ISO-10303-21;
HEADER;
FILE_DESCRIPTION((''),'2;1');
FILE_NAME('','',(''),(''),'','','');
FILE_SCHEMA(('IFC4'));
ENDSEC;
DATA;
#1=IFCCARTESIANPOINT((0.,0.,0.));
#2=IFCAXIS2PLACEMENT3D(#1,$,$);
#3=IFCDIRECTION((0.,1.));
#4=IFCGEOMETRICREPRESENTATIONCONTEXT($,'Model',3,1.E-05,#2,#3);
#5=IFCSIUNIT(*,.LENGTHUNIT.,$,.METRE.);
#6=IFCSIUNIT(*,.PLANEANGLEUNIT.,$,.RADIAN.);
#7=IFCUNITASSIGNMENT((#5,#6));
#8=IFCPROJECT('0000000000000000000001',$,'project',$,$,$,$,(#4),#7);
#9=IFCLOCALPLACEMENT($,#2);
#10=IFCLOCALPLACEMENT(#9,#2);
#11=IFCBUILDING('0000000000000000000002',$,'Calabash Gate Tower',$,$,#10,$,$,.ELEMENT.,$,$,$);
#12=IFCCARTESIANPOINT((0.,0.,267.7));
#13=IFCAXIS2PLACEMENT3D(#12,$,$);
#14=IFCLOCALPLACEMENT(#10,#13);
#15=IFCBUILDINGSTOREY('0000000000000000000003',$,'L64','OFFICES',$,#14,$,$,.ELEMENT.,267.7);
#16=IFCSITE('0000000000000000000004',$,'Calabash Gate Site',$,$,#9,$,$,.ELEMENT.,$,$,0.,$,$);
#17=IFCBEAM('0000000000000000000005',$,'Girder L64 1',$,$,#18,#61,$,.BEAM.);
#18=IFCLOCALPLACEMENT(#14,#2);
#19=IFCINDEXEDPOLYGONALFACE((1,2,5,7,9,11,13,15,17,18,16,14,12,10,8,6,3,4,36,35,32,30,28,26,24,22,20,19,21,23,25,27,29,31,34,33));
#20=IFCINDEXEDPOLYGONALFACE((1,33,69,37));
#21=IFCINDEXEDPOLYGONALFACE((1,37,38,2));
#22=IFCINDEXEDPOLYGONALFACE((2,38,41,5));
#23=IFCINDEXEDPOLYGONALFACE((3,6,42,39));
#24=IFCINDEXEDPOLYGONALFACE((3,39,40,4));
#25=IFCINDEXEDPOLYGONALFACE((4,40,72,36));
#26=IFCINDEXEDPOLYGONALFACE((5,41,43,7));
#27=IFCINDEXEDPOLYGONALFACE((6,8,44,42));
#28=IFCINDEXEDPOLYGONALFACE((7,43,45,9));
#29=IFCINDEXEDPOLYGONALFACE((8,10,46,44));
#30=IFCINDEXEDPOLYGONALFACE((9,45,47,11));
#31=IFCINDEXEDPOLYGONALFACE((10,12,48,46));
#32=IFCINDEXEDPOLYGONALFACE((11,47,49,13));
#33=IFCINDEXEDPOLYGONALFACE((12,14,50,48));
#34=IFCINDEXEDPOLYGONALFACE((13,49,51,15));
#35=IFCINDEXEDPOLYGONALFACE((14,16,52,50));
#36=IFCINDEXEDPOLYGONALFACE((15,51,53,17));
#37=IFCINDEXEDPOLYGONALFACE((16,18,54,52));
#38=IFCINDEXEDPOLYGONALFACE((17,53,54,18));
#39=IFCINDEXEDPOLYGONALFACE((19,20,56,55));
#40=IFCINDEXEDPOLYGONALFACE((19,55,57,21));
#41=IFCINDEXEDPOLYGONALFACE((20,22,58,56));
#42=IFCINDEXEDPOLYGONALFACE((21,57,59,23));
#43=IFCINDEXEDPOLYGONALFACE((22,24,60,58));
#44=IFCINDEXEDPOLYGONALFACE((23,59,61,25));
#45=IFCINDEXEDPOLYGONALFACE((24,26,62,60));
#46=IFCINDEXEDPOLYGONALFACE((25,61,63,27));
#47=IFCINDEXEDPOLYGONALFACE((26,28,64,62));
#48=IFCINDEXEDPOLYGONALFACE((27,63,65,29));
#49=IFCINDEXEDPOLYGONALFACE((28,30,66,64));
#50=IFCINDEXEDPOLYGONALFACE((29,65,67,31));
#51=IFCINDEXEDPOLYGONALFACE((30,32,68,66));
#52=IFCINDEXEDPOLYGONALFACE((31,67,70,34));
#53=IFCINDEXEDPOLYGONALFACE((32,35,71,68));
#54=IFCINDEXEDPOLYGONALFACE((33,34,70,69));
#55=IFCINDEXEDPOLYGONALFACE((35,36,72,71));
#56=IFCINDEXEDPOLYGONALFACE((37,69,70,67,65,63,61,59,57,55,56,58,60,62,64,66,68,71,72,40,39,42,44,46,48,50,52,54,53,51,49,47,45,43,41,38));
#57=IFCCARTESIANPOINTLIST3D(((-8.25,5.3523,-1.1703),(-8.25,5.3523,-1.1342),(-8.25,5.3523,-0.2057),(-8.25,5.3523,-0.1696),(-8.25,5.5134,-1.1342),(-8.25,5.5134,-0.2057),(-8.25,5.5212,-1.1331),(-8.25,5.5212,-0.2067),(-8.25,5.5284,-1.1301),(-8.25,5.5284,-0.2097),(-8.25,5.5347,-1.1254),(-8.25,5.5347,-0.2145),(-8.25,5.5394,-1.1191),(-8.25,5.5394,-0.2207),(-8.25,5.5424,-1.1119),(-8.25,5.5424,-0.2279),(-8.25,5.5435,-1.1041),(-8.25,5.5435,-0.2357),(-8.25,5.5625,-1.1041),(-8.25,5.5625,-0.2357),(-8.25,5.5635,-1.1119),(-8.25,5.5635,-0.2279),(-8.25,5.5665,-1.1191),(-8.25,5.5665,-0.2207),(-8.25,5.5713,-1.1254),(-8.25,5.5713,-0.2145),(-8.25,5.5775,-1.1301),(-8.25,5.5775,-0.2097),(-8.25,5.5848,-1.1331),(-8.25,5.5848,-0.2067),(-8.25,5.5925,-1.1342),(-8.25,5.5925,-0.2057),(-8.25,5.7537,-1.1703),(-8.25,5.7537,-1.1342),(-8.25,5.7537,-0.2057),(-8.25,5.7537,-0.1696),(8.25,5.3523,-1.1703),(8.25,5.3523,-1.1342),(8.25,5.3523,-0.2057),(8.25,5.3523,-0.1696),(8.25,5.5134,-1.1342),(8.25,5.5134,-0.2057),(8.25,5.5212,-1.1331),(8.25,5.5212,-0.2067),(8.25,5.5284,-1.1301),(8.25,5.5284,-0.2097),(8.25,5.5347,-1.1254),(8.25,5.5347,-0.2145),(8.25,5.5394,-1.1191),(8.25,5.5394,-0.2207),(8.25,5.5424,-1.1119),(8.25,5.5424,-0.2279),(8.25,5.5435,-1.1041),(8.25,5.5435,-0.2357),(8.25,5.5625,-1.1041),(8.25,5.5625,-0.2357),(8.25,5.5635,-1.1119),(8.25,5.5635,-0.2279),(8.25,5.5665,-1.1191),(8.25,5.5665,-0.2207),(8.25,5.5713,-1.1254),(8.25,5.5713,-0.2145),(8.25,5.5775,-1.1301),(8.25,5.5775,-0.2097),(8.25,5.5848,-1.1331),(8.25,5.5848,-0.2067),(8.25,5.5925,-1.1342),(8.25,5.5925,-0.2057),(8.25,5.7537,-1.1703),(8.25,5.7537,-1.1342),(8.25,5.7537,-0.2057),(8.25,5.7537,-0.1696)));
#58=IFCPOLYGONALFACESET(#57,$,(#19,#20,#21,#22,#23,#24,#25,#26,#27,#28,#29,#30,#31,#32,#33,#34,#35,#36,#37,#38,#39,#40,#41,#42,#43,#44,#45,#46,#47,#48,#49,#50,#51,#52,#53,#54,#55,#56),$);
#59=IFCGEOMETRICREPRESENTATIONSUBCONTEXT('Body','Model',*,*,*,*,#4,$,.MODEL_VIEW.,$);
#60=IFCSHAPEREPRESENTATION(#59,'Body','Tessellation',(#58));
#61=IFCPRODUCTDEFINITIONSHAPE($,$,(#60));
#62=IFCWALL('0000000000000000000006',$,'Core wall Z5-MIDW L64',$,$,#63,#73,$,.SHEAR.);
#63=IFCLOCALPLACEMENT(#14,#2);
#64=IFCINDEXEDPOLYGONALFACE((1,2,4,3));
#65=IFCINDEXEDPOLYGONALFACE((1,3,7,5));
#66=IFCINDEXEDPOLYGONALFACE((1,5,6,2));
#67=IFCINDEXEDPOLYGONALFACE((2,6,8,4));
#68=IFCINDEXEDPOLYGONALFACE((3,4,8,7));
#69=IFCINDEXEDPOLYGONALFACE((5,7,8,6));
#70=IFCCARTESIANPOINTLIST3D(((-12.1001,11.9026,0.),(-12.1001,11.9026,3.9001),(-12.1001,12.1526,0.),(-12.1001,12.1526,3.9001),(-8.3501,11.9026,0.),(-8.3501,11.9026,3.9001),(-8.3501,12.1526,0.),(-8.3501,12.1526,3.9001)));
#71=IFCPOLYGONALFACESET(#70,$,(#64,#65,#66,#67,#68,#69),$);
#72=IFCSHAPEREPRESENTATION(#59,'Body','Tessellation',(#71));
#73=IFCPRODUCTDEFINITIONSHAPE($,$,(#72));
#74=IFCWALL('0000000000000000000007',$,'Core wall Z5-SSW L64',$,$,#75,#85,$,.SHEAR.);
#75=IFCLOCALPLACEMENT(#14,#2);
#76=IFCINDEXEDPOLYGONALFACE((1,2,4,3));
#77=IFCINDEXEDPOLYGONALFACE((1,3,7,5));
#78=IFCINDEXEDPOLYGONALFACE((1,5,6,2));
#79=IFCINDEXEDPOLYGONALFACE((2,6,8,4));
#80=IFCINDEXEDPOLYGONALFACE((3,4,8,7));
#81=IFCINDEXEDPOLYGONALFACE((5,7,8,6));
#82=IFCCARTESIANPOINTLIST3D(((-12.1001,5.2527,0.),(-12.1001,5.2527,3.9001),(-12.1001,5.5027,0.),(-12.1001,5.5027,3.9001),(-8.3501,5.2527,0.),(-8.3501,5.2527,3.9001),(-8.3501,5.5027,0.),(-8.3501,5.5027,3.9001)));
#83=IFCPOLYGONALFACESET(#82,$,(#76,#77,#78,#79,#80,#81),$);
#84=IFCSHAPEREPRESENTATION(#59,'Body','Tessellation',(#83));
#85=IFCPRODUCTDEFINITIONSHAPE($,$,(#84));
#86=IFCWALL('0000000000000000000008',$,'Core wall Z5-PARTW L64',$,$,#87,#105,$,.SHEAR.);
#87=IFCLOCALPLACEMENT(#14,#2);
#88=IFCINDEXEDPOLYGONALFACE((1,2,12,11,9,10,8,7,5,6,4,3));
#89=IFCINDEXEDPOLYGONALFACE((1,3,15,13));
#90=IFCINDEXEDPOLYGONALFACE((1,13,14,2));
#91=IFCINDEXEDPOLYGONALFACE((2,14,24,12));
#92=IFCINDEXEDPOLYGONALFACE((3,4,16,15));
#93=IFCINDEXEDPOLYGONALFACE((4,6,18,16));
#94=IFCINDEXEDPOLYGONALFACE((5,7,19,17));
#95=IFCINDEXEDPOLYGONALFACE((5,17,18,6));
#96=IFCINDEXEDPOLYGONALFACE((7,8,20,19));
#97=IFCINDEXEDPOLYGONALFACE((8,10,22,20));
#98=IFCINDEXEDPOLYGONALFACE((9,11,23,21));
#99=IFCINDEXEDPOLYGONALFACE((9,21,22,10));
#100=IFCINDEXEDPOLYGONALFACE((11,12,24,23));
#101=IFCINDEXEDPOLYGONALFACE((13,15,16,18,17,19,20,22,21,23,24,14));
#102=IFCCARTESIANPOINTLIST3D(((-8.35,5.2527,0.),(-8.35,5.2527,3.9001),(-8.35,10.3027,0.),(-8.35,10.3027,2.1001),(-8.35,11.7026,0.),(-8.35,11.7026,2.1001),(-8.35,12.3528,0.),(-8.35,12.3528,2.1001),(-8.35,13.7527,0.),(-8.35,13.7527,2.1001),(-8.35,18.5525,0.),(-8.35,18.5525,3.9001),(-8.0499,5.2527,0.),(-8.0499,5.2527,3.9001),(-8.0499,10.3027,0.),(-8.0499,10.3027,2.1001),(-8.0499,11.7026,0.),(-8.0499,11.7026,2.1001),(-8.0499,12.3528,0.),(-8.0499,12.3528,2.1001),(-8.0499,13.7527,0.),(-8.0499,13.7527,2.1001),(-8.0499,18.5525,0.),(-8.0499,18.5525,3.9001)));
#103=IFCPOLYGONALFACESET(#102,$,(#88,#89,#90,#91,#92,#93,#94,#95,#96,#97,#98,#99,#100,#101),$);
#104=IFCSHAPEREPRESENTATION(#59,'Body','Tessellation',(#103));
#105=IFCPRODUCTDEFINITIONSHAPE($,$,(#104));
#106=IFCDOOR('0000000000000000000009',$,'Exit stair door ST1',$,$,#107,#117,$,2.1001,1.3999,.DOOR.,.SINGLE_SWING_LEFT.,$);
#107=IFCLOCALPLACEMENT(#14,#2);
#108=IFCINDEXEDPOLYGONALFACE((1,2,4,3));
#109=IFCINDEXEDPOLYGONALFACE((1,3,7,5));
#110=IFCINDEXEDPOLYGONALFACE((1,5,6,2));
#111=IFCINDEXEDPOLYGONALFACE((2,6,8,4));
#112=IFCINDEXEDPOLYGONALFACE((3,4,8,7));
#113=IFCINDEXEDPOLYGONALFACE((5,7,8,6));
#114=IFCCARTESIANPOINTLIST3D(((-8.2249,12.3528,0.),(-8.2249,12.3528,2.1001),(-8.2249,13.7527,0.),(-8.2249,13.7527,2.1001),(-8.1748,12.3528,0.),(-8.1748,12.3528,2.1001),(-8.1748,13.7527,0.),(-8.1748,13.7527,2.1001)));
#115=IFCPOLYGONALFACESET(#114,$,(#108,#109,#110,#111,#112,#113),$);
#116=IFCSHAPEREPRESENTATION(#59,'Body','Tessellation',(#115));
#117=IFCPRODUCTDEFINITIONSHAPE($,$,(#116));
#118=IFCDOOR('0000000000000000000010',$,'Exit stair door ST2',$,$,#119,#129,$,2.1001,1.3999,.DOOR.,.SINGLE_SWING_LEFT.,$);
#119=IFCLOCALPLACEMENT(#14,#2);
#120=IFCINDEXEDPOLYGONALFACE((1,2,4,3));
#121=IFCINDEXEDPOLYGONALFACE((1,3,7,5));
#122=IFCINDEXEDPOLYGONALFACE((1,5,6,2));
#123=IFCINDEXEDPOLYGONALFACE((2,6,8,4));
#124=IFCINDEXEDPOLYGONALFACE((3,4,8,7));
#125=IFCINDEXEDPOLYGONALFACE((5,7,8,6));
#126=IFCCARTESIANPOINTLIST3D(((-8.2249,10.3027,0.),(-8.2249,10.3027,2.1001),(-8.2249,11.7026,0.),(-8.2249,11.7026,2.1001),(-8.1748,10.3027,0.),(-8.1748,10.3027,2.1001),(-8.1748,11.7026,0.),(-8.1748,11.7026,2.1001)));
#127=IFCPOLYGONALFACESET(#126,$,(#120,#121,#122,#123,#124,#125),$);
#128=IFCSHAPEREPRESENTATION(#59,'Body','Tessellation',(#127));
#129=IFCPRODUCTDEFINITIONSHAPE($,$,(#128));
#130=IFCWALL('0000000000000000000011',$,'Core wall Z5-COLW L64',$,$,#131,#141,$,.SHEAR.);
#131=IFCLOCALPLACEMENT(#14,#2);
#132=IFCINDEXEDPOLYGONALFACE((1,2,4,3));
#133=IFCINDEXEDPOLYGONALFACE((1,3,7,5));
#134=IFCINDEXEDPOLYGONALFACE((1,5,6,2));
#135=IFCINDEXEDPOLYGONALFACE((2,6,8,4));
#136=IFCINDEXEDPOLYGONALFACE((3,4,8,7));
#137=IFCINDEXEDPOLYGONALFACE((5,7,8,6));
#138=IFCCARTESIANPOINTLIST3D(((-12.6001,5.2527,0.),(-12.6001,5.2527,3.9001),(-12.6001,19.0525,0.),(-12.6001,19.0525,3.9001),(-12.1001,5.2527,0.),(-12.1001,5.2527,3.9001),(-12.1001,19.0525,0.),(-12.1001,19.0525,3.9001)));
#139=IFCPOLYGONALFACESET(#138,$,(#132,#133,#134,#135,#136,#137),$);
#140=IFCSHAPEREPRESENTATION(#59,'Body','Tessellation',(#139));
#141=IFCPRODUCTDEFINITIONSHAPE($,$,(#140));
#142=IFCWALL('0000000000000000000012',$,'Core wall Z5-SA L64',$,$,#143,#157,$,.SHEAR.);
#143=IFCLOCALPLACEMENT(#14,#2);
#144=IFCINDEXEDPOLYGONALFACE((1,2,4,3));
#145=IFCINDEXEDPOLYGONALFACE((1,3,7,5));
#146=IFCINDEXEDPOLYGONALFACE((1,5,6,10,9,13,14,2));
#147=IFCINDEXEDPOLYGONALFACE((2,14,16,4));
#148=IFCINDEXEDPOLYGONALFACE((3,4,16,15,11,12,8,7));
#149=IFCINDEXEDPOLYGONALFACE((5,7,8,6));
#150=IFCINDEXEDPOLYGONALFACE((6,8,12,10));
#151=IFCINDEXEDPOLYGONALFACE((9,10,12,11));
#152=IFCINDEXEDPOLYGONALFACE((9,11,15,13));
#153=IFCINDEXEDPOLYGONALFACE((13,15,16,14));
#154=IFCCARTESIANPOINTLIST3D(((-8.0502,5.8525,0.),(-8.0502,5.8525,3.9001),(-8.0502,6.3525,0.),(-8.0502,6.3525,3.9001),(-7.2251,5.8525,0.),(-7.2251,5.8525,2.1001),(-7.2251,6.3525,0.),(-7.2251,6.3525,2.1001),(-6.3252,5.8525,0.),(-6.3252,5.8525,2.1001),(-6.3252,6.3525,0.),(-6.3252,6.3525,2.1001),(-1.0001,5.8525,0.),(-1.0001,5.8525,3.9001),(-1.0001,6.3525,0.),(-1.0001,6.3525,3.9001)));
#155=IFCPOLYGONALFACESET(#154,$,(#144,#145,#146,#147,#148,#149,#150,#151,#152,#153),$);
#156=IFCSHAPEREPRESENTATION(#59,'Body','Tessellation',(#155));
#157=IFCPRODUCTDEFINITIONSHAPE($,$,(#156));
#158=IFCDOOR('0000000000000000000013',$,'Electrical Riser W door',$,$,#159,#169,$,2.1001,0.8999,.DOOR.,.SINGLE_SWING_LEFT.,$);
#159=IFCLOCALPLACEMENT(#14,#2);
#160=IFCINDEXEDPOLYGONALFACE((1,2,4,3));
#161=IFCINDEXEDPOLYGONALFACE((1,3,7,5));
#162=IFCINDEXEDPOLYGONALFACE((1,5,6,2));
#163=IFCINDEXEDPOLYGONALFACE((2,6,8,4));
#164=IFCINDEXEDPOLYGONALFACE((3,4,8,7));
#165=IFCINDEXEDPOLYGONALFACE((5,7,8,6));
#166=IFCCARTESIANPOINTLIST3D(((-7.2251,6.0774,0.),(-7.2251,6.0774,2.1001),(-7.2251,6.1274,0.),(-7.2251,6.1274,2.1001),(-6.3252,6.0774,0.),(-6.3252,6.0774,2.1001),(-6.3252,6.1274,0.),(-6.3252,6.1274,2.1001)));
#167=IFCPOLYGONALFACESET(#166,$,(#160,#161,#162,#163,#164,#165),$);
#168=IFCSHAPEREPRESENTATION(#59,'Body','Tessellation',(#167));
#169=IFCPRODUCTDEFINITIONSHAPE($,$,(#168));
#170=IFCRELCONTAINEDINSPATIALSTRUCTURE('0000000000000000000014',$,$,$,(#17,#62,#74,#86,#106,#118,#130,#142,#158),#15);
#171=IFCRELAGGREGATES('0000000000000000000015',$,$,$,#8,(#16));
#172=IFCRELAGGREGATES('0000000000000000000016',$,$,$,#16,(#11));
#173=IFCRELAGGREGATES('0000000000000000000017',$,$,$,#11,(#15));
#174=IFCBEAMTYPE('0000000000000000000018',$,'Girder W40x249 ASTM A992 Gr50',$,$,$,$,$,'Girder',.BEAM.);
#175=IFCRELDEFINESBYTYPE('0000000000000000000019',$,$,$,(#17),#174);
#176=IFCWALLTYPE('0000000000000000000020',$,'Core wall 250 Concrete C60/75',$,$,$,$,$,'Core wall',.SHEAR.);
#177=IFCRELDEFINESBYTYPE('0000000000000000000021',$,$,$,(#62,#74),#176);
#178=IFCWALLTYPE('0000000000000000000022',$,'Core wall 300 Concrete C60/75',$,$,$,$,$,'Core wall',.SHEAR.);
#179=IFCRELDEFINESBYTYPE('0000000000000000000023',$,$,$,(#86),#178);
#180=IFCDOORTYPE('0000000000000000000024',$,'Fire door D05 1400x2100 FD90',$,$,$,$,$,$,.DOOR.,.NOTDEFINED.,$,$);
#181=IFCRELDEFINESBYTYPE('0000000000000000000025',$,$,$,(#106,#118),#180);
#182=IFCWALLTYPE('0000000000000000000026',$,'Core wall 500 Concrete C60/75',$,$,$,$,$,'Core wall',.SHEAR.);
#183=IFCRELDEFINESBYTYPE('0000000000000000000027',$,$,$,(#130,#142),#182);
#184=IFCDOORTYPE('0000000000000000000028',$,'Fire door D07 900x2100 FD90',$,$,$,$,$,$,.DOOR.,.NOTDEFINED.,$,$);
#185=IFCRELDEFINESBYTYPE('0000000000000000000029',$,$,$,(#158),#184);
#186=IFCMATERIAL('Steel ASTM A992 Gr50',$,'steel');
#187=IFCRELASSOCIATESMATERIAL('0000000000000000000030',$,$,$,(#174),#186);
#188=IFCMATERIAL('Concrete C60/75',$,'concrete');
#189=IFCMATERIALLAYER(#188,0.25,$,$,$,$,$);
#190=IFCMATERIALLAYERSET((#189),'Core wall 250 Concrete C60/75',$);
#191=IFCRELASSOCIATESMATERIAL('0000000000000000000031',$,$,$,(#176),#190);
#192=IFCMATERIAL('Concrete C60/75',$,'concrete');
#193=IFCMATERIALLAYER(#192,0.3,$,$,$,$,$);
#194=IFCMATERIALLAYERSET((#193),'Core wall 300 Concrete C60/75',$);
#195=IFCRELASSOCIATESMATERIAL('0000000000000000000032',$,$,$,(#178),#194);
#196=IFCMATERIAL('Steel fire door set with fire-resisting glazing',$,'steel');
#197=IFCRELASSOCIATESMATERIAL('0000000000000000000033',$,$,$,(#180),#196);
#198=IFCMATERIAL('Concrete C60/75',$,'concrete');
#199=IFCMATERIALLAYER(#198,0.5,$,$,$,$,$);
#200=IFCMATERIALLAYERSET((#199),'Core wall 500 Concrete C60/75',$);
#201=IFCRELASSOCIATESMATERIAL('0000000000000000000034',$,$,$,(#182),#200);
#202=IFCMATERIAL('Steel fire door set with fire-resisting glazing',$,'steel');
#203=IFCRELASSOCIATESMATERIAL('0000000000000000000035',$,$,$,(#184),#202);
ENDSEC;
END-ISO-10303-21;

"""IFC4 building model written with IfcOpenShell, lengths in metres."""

from ifc_helpers import new_model, si_unit, direction, frame, frame_2d, origin, origin_2d, place, context, subcontext, project, spatial, rectangle, i_section, extrude, material, layer, layer_set, material_profile, profile_set, type_object, element, fill, save


model = new_model("IFC4")

# Units and contexts
model_context = context("Model", 3, precision=1e-05, world=origin(), true_north=direction((0.0, 1.0)))
body_context = subcontext(model_context, "Body", "Model", "MODEL_VIEW")
ifc_project = project(units=[si_unit("LENGTHUNIT", "METRE"), si_unit("PLANEANGLEUNIT", "RADIAN")], contexts=[model_context])

# Site, building, storey
site_placement = place(None, origin())
site = spatial("IfcSite", under=ifc_project, at=site_placement, Name="Calabash Gate Site", CompositionType="ELEMENT", RefElevation=0.0)
building_placement = place(site_placement, origin())
building = spatial("IfcBuilding", under=site, at=building_placement, Name="Calabash Gate Tower", CompositionType="ELEMENT")
storey_placement = place(building_placement, frame((0.0, 0.0, 267.7)))
storey = spatial("IfcBuildingStorey", under=building, at=storey_placement, Name="L64", Description="OFFICES", CompositionType="ELEMENT", Elevation=267.7)

# Beam
ifc_material_1 = material(Name="Steel ASTM A992 Gr50", Category="steel")
ifc_material_profile = material_profile(ifc_material_1, i_section(OverallWidth=0.4014, OverallDepth=1.0007, WebThickness=0.019, FlangeThickness=0.0361, FilletRadius=0.03, at=origin_2d()))
ifc_profile_set = profile_set([ifc_material_profile], Name="Steel ASTM A992 Gr50")
beam_type = type_object("IfcBeamType", Name="Girder W40x249 ASTM A992 Gr50", ElementType="Girder", PredefinedType="BEAM", material=ifc_profile_set)
beam_placement = place(storey_placement, frame((-8.25, 5.553, -0.6699), z_axis=(1.0, 0.0, 0.0), x_axis=(0.0, 1.0, 0.0)))
element("IfcBeam", 1, at=beam_placement, inside=storey, type_object=beam_type, Name="Girder L64 1", PredefinedType="BEAM", context=body_context, shape_type="SweptSolid", body=[
    extrude(i_section(OverallWidth=0.4014, OverallDepth=1.0007, WebThickness=0.019, FlangeThickness=0.0361, FilletRadius=0.03, at=origin_2d()), origin(), (0.0, 0.0, 1.0), 16.5),
])

# Walls
ifc_material_2 = material(Name="Concrete C60/75", Category="concrete")
ifc_layer_1 = layer(ifc_material_2, 0.25)
ifc_layer_set_1 = layer_set([ifc_layer_1], Name="Core wall 250 Concrete C60/75")
wall_type_1 = type_object("IfcWallType", Name="Core wall 250 Concrete C60/75", ElementType="Core wall", PredefinedType="SHEAR", material=ifc_layer_set_1)
for number, where, z_axis, x_axis, name in (
    (2, (-12.1001, 12.0276, 0.0), (0.0, 0.0, 1.0), (1.0, 0.0, 0.0), "Core wall Z5-MIDW L64"),
    (3, (-12.1001, 5.3777, 0.0), (0.0, 0.0, 1.0), (1.0, 0.0, 0.0), "Core wall Z5-SSW L64"),
):
    element("IfcWall", number, at=place(storey_placement, frame(where, z_axis=z_axis, x_axis=x_axis)), inside=storey, type_object=wall_type_1, Name=name, PredefinedType="SHEAR", context=body_context, shape_type="SweptSolid", body=[
        extrude(rectangle(XDim=3.75, YDim=0.25, at=frame_2d((1.875, 0.0))), origin(), (0.0, 0.0, 1.0), 3.9001),
    ])

# Wall, openings, doors
ifc_material_3 = material(Name="Concrete C60/75", Category="concrete")
ifc_layer_2 = layer(ifc_material_3, 0.3)
ifc_layer_set_2 = layer_set([ifc_layer_2], Name="Core wall 300 Concrete C60/75")
wall_type_2 = type_object("IfcWallType", Name="Core wall 300 Concrete C60/75", ElementType="Core wall", PredefinedType="SHEAR", material=ifc_layer_set_2)
wall_1_placement = place(storey_placement, frame((-8.2, 5.2527, 0.0), z_axis=(0.0, 0.0, 1.0), x_axis=(0.0, 1.0, 0.0)))
wall_1 = element("IfcWall", 4, at=wall_1_placement, inside=storey, type_object=wall_type_2, Name="Core wall Z5-PARTW L64", PredefinedType="SHEAR", context=body_context, shape_type="SweptSolid", body=[
    extrude(rectangle(XDim=13.2998, YDim=0.3, at=frame_2d((6.6499, 0.0))), origin(), (0.0, 0.0, 1.0), 3.9001),
])
opening_1_placement = place(wall_1_placement, frame((7.1001, 0.0, 0.0)))
opening_1 = element("IfcOpeningElement", 5, at=opening_1_placement, cuts=wall_1, PredefinedType="OPENING", context=body_context, shape_type="SweptSolid", body=[
    extrude(rectangle(XDim=1.3999, YDim=2.1001, at=frame_2d((0.7, 1.05))), frame((0.0, 0.1599, 0.0), z_axis=(0.0, -1.0, 0.0), x_axis=(1.0, 0.0, 0.0)), (0.0, 0.0, 1.0), 0.3201),
])
opening_2_placement = place(wall_1_placement, frame((5.05, 0.0, 0.0)))
opening_2 = element("IfcOpeningElement", 6, at=opening_2_placement, cuts=wall_1, PredefinedType="OPENING", context=body_context, shape_type="SweptSolid", body=[
    extrude(rectangle(XDim=1.3999, YDim=2.1001, at=frame_2d((0.7, 1.05))), frame((0.0, 0.1599, 0.0), z_axis=(0.0, -1.0, 0.0), x_axis=(1.0, 0.0, 0.0)), (0.0, 0.0, 1.0), 0.3201),
])
ifc_material_4 = material(Name="Steel fire door set with fire-resisting glazing", Category="steel")
door_type_1 = type_object("IfcDoorType", Name="Fire door D05 1400x2100 FD90", OperationType="NOTDEFINED", PredefinedType="DOOR", material=ifc_material_4)
door_1_placement = place(opening_1_placement, origin())
door_1 = element("IfcDoor", 7, at=door_1_placement, inside=storey, type_object=door_type_1, Name="Exit stair door ST1", OperationType="SINGLE_SWING_LEFT", OverallHeight=2.1001, OverallWidth=1.3999, PredefinedType="DOOR", context=body_context, shape_type="SweptSolid", body=[
    extrude(rectangle(XDim=1.3999, YDim=2.1001, at=frame_2d((0.7, 1.05))), frame((0.0, 0.0249, 0.0), z_axis=(0.0, -1.0, 0.0), x_axis=(1.0, 0.0, 0.0)), (0.0, 0.0, 1.0), 0.05),
])
fill(opening_1, door_1)
door_2_placement = place(opening_2_placement, origin())
door_2 = element("IfcDoor", 8, at=door_2_placement, inside=storey, type_object=door_type_1, Name="Exit stair door ST2", OperationType="SINGLE_SWING_LEFT", OverallHeight=2.1001, OverallWidth=1.3999, PredefinedType="DOOR", context=body_context, shape_type="SweptSolid", body=[
    extrude(rectangle(XDim=1.3999, YDim=2.1001, at=frame_2d((0.7, 1.05))), frame((0.0, 0.0249, 0.0), z_axis=(0.0, -1.0, 0.0), x_axis=(1.0, 0.0, 0.0)), (0.0, 0.0, 1.0), 0.05),
])
fill(opening_2, door_2)

# Wall
ifc_material_5 = material(Name="Concrete C60/75", Category="concrete")
ifc_layer_3 = layer(ifc_material_5, 0.5)
ifc_layer_set_3 = layer_set([ifc_layer_3], Name="Core wall 500 Concrete C60/75")
wall_type_3 = type_object("IfcWallType", Name="Core wall 500 Concrete C60/75", ElementType="Core wall", PredefinedType="SHEAR", material=ifc_layer_set_3)
wall_2_placement = place(storey_placement, frame((-12.3501, 5.2527, 0.0), z_axis=(0.0, 0.0, 1.0), x_axis=(0.0, 1.0, 0.0)))
element("IfcWall", 9, at=wall_2_placement, inside=storey, type_object=wall_type_3, Name="Core wall Z5-COLW L64", PredefinedType="SHEAR", context=body_context, shape_type="SweptSolid", body=[
    extrude(rectangle(XDim=13.7998, YDim=0.5, at=frame_2d((6.8999, 0.0))), origin(), (0.0, 0.0, 1.0), 3.9001),
])

# Wall, opening, door
wall_3_placement = place(storey_placement, frame((-8.05, 6.1025, 0.0), z_axis=(0.0, 0.0, 1.0), x_axis=(1.0, 0.0, 0.0)))
wall_3 = element("IfcWall", 10, at=wall_3_placement, inside=storey, type_object=wall_type_3, Name="Core wall Z5-SA L64", PredefinedType="SHEAR", context=body_context, shape_type="SweptSolid", body=[
    extrude(rectangle(XDim=7.05, YDim=0.5, at=frame_2d((3.5249, 0.0))), origin(), (0.0, 0.0, 1.0), 3.9001),
])
opening_3_placement = place(wall_3_placement, frame((0.825, 0.0, 0.0)))
opening_3 = element("IfcOpeningElement", 11, at=opening_3_placement, cuts=wall_3, PredefinedType="OPENING", context=body_context, shape_type="SweptSolid", body=[
    extrude(rectangle(XDim=0.8999, YDim=2.1001, at=frame_2d((0.45, 1.05))), frame((0.0, 0.26, 0.0), z_axis=(0.0, -1.0, 0.0), x_axis=(1.0, 0.0, 0.0)), (0.0, 0.0, 1.0), 0.52),
])
ifc_material_6 = material(Name="Steel fire door set with fire-resisting glazing", Category="steel")
door_type_2 = type_object("IfcDoorType", Name="Fire door D07 900x2100 FD90", OperationType="NOTDEFINED", PredefinedType="DOOR", material=ifc_material_6)
door_3_placement = place(opening_3_placement, origin())
door_3 = element("IfcDoor", 12, at=door_3_placement, inside=storey, type_object=door_type_2, Name="Electrical Riser W door", OperationType="SINGLE_SWING_LEFT", OverallHeight=2.1001, OverallWidth=0.8999, PredefinedType="DOOR", context=body_context, shape_type="SweptSolid", body=[
    extrude(rectangle(XDim=0.8999, YDim=2.1001, at=frame_2d((0.45, 1.05))), frame((0.0, 0.0249, 0.0), z_axis=(0.0, -1.0, 0.0), x_axis=(1.0, 0.0, 0.0)), (0.0, 0.0, 1.0), 0.05),
])
fill(opening_3, door_3)

save(model, "model.ifc")
